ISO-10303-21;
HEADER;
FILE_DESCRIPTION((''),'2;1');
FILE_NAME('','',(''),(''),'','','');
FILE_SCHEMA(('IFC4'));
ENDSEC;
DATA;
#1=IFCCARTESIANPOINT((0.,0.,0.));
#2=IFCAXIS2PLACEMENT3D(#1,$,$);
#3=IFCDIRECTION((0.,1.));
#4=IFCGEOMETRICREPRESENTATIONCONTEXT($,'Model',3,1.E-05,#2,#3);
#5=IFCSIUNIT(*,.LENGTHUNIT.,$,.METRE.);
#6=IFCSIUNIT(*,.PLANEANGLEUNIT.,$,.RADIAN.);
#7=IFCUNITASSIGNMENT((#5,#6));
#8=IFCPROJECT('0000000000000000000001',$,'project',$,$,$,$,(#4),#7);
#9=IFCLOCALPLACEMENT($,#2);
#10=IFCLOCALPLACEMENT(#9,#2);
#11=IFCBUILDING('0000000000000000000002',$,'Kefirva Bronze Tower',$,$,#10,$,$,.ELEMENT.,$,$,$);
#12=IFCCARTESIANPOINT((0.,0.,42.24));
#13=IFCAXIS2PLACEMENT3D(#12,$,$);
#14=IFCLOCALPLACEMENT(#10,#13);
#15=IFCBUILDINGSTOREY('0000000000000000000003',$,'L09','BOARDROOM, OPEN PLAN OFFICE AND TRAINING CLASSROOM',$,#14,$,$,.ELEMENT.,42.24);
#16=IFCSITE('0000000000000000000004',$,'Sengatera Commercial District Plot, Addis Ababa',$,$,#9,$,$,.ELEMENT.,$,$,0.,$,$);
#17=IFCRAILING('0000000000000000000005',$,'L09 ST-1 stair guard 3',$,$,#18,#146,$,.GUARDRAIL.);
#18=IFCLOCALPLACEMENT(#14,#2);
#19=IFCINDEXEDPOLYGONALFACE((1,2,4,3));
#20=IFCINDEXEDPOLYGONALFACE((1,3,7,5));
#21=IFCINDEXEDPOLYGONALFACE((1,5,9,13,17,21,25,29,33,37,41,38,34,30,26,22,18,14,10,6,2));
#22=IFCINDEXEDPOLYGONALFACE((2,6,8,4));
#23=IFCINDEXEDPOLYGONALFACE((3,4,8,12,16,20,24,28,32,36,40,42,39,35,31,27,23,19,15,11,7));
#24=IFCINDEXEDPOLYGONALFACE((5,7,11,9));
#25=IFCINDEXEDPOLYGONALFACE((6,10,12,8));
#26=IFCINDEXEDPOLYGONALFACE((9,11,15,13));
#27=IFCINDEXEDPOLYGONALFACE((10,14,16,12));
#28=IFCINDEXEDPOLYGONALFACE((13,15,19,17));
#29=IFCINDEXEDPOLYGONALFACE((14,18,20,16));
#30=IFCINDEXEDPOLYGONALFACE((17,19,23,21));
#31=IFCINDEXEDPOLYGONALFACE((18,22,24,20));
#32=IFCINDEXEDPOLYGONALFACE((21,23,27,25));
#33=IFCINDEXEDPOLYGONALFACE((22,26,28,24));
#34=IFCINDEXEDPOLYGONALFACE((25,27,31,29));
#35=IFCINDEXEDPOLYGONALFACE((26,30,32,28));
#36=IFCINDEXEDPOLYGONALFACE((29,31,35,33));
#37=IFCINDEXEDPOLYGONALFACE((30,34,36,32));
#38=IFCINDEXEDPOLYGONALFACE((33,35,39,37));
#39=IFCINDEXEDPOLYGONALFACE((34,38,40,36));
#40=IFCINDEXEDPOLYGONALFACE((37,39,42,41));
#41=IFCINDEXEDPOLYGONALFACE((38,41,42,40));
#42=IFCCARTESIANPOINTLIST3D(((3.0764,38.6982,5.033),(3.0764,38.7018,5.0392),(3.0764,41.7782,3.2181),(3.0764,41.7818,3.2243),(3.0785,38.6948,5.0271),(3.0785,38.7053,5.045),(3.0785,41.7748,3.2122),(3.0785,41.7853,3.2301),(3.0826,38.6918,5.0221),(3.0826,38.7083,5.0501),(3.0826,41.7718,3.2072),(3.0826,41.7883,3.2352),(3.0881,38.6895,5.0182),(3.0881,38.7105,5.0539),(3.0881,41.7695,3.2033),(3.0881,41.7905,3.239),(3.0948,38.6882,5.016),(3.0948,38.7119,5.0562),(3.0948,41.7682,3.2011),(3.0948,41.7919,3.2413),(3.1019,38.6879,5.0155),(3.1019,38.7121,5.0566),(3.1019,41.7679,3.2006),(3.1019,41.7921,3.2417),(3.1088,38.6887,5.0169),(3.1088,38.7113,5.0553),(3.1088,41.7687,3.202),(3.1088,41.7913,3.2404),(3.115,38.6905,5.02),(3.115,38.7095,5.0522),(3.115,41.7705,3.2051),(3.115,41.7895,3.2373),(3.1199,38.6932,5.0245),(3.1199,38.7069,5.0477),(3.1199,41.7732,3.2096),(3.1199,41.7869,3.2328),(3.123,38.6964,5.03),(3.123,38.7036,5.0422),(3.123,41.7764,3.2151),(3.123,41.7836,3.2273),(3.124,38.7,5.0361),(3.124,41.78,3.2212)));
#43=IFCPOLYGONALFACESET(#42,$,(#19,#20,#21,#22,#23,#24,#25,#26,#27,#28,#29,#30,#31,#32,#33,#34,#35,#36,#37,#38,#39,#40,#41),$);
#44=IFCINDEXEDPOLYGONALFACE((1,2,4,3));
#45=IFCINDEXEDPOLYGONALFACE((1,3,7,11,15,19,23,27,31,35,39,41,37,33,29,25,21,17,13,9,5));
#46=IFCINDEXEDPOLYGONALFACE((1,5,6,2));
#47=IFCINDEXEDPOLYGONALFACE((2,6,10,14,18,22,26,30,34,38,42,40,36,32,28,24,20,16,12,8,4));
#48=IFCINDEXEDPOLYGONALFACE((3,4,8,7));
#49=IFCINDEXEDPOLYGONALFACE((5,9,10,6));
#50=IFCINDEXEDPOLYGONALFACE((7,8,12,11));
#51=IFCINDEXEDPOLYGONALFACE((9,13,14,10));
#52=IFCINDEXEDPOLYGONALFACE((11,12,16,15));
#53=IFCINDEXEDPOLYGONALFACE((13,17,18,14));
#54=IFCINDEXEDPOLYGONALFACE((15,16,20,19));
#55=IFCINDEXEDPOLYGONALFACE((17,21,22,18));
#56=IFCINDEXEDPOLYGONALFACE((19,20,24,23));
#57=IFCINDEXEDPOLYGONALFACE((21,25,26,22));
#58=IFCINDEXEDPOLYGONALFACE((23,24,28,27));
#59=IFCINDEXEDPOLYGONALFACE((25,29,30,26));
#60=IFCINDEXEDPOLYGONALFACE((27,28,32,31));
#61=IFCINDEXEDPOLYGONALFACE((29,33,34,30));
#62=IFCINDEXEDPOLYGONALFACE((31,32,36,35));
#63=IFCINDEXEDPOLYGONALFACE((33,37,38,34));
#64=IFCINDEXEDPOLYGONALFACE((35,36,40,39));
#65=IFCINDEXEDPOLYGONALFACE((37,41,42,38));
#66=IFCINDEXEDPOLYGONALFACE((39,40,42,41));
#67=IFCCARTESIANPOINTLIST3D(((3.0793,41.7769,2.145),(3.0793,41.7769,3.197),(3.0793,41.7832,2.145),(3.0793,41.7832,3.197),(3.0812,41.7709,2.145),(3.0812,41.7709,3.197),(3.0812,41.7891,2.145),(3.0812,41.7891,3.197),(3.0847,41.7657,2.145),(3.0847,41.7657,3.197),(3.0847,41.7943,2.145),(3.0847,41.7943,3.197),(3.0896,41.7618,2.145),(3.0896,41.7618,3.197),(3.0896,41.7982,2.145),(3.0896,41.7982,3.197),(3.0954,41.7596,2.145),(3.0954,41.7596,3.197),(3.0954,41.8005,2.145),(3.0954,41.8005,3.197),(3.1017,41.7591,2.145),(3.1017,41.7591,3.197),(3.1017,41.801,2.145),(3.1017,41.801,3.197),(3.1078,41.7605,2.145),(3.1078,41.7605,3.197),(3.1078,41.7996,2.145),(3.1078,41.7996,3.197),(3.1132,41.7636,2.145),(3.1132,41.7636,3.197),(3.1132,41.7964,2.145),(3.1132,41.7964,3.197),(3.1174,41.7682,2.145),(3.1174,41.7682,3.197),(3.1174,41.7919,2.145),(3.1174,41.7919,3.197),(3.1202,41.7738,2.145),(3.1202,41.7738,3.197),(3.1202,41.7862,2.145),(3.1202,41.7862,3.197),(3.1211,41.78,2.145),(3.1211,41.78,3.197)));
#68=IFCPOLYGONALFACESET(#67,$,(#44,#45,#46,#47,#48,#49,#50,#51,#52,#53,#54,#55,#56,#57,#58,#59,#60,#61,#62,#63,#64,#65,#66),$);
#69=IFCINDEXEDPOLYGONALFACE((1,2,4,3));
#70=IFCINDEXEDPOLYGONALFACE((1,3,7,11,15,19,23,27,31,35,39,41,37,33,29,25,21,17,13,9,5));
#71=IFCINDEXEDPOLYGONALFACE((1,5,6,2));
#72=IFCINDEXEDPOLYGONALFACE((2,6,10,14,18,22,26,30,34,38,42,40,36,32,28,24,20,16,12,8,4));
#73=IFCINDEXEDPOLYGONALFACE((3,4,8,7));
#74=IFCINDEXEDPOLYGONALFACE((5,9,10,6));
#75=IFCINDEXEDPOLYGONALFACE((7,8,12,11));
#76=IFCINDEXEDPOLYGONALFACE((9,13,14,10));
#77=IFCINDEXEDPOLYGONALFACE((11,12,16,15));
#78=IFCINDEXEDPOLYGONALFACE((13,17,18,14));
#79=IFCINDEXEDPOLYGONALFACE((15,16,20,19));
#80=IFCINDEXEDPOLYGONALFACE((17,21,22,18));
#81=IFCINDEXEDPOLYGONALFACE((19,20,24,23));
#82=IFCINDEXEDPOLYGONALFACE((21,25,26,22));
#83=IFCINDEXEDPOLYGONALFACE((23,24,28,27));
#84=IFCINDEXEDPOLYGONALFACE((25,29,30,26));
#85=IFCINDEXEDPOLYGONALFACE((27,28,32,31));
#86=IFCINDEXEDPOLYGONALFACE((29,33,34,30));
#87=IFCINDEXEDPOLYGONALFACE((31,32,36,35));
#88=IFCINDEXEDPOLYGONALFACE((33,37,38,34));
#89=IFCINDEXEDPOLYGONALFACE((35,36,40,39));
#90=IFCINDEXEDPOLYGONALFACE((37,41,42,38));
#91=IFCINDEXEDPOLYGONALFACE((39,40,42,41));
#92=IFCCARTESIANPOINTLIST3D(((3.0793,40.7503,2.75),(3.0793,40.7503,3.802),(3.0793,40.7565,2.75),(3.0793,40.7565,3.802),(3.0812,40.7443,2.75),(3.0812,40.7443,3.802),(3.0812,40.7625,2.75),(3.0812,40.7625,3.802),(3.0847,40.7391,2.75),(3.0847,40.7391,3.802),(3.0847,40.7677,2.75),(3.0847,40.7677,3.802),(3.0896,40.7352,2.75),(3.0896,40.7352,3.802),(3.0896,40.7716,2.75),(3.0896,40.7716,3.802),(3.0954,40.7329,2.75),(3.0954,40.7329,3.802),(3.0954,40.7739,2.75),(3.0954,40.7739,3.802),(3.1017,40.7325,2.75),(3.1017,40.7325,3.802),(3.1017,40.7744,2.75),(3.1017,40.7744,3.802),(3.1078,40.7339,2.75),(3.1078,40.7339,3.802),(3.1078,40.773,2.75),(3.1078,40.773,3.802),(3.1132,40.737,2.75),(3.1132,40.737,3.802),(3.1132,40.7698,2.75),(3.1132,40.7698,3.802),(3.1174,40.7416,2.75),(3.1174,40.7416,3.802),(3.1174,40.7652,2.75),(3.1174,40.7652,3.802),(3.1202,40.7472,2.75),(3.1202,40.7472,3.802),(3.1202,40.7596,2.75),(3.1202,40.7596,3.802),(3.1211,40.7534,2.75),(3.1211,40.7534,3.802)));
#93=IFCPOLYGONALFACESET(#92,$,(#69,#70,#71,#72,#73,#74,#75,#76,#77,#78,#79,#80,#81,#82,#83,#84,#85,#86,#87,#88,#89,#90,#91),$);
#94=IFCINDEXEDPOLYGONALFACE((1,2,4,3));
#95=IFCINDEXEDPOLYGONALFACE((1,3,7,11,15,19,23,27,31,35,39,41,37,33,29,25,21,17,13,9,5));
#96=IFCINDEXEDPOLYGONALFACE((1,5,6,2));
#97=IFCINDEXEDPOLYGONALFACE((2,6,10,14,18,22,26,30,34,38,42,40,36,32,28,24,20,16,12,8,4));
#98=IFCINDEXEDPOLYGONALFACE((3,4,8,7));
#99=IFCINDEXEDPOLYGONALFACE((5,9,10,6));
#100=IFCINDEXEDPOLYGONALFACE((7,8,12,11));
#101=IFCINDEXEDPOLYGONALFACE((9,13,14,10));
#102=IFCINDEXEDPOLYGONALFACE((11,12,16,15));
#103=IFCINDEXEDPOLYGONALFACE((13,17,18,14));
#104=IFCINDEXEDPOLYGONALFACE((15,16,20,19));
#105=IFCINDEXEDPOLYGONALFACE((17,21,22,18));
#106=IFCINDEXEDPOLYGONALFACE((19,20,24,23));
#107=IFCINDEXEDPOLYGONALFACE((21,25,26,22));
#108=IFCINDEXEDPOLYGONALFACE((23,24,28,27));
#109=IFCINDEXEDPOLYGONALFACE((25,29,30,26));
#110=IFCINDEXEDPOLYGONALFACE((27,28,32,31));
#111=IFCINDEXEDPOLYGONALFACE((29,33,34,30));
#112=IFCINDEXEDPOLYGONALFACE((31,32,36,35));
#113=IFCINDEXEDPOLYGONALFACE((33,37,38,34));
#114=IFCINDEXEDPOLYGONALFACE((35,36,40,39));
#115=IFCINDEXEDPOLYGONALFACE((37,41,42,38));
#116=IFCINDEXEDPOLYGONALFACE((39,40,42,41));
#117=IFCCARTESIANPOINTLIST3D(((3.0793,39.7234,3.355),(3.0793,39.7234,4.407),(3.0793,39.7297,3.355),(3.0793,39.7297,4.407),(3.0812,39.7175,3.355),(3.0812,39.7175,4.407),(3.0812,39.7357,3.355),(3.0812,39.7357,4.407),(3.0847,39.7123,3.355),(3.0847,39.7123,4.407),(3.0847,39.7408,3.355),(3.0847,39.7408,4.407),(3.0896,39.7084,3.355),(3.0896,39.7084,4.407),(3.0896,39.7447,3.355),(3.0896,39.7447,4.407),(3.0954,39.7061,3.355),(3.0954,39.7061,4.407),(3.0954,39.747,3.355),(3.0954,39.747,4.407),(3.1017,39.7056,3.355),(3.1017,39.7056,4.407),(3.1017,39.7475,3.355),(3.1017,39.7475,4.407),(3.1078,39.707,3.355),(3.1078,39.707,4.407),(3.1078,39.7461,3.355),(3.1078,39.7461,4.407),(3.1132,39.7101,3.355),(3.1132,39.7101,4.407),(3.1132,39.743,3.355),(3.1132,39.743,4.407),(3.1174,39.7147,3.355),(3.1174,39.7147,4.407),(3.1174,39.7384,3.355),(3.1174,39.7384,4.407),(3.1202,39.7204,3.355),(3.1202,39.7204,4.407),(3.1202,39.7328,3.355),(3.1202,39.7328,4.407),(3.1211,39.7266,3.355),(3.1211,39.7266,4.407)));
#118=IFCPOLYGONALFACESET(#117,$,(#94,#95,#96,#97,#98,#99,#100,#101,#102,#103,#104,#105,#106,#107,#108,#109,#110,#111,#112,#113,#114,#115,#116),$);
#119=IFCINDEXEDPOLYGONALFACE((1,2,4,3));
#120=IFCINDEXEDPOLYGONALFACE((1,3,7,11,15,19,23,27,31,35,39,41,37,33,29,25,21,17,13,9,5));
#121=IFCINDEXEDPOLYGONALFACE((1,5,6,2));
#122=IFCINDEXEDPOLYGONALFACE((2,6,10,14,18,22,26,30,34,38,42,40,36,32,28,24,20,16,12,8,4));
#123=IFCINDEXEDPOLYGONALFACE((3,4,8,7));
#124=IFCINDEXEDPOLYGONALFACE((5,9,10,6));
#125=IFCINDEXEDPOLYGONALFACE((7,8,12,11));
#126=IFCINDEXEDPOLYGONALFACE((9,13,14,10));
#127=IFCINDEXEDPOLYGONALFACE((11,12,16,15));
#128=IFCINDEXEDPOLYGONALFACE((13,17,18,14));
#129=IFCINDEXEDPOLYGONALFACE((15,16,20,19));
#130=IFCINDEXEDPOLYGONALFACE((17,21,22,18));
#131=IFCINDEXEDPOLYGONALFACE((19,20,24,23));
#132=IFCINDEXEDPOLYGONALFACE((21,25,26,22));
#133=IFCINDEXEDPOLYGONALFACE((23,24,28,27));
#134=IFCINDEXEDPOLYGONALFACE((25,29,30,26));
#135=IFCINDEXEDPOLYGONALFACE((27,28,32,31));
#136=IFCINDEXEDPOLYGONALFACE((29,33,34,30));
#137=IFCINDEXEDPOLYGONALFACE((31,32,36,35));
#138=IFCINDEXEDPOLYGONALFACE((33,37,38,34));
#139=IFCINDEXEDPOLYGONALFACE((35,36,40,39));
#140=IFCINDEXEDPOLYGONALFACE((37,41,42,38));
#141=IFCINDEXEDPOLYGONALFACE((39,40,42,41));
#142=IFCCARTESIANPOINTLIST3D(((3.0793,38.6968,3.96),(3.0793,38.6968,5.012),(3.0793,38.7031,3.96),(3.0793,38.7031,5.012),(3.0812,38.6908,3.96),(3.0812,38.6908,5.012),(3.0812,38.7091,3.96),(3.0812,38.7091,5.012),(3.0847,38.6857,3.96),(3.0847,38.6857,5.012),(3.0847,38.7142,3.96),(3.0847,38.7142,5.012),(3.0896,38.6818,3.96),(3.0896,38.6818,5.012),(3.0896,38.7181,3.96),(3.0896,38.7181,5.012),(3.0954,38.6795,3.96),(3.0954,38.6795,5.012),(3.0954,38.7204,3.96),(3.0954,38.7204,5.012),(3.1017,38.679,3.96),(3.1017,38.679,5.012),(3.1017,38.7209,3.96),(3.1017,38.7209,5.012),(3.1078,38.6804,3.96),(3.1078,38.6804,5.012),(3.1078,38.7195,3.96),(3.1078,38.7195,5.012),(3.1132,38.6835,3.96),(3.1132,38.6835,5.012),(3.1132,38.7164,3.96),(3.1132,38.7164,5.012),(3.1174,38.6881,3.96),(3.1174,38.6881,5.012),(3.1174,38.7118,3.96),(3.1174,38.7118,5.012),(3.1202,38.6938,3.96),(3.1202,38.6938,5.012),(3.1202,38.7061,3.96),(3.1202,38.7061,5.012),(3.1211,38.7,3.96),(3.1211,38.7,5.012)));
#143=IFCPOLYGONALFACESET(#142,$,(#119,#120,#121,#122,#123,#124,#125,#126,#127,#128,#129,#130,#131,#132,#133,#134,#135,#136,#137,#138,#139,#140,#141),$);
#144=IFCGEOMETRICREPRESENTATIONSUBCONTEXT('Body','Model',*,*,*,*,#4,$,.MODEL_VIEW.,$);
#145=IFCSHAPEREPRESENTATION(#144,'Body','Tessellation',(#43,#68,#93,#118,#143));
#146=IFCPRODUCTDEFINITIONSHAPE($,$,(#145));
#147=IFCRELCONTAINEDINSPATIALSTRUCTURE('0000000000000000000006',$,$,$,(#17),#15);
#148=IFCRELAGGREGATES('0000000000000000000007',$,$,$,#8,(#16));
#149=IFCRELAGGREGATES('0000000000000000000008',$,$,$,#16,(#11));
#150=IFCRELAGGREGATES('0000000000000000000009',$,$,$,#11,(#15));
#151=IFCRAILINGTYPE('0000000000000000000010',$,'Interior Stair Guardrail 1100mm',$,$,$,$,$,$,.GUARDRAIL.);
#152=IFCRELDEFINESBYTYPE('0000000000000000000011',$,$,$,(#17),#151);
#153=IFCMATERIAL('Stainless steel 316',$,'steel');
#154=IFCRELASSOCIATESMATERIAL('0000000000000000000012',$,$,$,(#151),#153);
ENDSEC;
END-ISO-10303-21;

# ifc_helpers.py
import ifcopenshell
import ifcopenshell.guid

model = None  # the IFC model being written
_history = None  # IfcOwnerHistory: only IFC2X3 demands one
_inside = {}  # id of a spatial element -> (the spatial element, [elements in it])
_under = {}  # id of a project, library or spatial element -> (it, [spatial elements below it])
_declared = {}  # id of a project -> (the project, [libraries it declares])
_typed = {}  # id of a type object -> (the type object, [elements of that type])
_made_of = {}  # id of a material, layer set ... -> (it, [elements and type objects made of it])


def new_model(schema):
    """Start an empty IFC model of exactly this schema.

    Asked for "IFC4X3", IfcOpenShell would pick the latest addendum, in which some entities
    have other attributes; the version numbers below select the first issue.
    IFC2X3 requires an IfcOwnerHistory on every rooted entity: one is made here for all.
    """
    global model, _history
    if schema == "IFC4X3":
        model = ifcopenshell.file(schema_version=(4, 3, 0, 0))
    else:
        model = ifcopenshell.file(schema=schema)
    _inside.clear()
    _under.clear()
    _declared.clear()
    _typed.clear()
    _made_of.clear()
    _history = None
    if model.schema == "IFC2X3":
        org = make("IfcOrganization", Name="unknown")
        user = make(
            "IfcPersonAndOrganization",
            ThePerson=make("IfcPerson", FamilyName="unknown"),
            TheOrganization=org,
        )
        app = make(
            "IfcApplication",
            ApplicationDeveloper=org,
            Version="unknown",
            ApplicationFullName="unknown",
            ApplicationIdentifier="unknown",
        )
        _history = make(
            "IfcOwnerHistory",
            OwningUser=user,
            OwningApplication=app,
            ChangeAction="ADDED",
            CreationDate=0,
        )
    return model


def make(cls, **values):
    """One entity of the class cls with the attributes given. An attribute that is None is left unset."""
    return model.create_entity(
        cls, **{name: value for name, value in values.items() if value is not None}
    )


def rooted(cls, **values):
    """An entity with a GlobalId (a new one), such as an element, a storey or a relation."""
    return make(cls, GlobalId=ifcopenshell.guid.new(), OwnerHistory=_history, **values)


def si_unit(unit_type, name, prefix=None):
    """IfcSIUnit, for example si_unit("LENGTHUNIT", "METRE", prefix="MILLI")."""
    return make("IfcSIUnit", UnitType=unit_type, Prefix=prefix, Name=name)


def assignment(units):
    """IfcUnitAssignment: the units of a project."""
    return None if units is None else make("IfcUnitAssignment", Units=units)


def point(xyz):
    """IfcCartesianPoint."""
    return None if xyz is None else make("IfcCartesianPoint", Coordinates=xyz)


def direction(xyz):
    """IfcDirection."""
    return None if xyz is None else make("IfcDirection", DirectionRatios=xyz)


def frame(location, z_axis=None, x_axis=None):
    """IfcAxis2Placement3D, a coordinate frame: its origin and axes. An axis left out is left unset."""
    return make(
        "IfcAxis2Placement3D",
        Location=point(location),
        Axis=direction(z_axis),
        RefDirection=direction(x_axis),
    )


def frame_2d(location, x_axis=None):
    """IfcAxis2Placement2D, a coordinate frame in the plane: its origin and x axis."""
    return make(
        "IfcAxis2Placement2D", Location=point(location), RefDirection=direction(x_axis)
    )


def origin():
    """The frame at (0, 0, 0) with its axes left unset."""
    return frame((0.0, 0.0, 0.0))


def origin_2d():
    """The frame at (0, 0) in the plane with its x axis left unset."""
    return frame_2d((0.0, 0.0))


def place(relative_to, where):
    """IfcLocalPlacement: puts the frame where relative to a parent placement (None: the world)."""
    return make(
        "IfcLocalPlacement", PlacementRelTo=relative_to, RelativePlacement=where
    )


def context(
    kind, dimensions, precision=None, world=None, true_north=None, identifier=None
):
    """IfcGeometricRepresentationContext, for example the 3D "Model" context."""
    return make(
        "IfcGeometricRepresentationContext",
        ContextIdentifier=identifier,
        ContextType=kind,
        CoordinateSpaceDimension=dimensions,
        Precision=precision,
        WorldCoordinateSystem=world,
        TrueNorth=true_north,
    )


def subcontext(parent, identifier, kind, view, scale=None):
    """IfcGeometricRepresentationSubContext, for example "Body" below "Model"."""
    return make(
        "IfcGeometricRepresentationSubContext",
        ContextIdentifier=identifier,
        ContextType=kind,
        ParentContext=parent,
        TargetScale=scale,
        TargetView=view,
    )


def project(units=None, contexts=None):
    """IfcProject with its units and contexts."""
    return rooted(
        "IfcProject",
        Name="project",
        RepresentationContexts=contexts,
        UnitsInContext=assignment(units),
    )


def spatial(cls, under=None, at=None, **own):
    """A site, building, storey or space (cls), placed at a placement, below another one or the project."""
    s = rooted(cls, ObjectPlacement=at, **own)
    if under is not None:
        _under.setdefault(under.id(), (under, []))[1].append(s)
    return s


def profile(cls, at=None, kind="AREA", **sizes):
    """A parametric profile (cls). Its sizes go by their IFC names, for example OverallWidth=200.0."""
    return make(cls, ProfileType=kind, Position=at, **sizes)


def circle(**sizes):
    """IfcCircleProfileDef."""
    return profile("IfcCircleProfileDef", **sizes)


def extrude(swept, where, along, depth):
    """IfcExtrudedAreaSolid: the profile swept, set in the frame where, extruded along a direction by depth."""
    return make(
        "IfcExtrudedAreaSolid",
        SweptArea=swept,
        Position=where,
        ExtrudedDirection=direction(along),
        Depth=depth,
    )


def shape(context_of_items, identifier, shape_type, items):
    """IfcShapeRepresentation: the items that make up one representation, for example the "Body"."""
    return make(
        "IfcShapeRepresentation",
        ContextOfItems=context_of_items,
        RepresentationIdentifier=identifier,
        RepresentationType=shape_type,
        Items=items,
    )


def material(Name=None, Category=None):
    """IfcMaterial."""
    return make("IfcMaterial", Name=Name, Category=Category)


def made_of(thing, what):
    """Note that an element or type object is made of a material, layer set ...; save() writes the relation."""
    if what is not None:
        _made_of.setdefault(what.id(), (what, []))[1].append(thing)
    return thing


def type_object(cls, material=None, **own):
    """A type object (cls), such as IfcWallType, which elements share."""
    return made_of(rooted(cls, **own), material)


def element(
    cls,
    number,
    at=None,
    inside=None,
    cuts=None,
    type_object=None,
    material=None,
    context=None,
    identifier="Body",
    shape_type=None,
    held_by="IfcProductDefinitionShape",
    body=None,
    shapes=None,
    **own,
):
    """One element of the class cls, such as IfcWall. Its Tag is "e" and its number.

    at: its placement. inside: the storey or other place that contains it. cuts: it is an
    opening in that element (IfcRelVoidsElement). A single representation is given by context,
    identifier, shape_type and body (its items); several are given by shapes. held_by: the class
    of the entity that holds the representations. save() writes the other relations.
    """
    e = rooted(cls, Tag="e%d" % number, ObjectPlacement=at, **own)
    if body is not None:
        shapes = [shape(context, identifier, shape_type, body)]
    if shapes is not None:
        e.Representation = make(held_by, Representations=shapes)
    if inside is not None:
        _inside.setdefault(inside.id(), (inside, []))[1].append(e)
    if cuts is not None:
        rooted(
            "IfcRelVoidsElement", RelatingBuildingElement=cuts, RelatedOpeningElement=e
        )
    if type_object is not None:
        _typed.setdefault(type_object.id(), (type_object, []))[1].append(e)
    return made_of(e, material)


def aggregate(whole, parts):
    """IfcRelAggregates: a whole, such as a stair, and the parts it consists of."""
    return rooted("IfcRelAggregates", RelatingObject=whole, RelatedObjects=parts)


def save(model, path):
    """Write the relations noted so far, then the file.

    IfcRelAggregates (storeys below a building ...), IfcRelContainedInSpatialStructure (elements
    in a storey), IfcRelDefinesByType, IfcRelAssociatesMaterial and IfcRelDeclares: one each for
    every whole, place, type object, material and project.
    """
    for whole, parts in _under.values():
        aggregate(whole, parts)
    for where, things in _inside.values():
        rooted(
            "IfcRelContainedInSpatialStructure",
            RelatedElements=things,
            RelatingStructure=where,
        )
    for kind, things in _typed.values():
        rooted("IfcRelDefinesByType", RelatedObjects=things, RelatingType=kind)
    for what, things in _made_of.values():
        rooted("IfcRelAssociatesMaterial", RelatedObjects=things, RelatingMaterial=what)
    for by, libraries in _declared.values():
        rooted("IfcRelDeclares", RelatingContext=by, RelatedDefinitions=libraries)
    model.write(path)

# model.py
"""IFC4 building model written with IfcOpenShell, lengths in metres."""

from ifc_helpers import new_model, si_unit, direction, frame, origin, origin_2d, place, context, subcontext, project, spatial, circle, extrude, material, type_object, element, save


model = new_model("IFC4")

# Units and contexts
model_context = context("Model", 3, precision=1e-05, world=origin(), true_north=direction((0.0, 1.0)))
body_context = subcontext(model_context, "Body", "Model", "MODEL_VIEW")
ifc_project = project(units=[si_unit("LENGTHUNIT", "METRE"), si_unit("PLANEANGLEUNIT", "RADIAN")], contexts=[model_context])

# Site, building, storey
site_placement = place(None, origin())
site = spatial("IfcSite", under=ifc_project, at=site_placement, Name="Sengatera Commercial District Plot, Addis Ababa", CompositionType="ELEMENT", RefElevation=0.0)
building_placement = place(site_placement, origin())
building = spatial("IfcBuilding", under=site, at=building_placement, Name="Kefirva Bronze Tower", CompositionType="ELEMENT")
storey_placement = place(building_placement, frame((0.0, 0.0, 42.24)))
storey = spatial("IfcBuildingStorey", under=building, at=storey_placement, Name="L09", Description="BOARDROOM, OPEN PLAN OFFICE AND TRAINING CLASSROOM", CompositionType="ELEMENT", Elevation=42.24)

# Railing
ifc_material_1 = material(Name="Stainless steel 316", Category="steel")
railing_type_1 = type_object("IfcRailingType", Name="Interior Stair Guardrail 1100mm", PredefinedType="GUARDRAIL", material=ifc_material_1)
railing_1_placement = place(storey_placement, frame((3.1001, 41.78, 2.145)))
element("IfcRailing", 1, at=railing_1_placement, inside=storey, type_object=railing_type_1, Name="L09 ST-1 stair guard 3", PredefinedType="GUARDRAIL", context=body_context, shape_type="SweptSolid", body=[
    extrude(circle(Radius=0.0239, at=origin_2d()), frame((0.0, 0.0, 1.0762), z_axis=(0.0, -0.861551, 0.507671), x_axis=(1.0, 0.0, 0.0)), (0.0, 0.0, 1.0), 3.575),
    extrude(circle(Radius=0.021, at=origin_2d()), origin(), (0.0, 0.0, 1.0), 1.052),
    extrude(circle(Radius=0.021, at=origin_2d()), frame((0.0, -1.0266, 0.605)), (0.0, 0.0, 1.0), 1.052),
    extrude(circle(Radius=0.021, at=origin_2d()), frame((0.0, -2.0535, 1.21)), (0.0, 0.0, 1.0), 1.052),
    extrude(circle(Radius=0.021, at=origin_2d()), frame((0.0, -3.0801, 1.8149)), (0.0, 0.0, 1.0), 1.052),
])

save(model, "model.ifc")
